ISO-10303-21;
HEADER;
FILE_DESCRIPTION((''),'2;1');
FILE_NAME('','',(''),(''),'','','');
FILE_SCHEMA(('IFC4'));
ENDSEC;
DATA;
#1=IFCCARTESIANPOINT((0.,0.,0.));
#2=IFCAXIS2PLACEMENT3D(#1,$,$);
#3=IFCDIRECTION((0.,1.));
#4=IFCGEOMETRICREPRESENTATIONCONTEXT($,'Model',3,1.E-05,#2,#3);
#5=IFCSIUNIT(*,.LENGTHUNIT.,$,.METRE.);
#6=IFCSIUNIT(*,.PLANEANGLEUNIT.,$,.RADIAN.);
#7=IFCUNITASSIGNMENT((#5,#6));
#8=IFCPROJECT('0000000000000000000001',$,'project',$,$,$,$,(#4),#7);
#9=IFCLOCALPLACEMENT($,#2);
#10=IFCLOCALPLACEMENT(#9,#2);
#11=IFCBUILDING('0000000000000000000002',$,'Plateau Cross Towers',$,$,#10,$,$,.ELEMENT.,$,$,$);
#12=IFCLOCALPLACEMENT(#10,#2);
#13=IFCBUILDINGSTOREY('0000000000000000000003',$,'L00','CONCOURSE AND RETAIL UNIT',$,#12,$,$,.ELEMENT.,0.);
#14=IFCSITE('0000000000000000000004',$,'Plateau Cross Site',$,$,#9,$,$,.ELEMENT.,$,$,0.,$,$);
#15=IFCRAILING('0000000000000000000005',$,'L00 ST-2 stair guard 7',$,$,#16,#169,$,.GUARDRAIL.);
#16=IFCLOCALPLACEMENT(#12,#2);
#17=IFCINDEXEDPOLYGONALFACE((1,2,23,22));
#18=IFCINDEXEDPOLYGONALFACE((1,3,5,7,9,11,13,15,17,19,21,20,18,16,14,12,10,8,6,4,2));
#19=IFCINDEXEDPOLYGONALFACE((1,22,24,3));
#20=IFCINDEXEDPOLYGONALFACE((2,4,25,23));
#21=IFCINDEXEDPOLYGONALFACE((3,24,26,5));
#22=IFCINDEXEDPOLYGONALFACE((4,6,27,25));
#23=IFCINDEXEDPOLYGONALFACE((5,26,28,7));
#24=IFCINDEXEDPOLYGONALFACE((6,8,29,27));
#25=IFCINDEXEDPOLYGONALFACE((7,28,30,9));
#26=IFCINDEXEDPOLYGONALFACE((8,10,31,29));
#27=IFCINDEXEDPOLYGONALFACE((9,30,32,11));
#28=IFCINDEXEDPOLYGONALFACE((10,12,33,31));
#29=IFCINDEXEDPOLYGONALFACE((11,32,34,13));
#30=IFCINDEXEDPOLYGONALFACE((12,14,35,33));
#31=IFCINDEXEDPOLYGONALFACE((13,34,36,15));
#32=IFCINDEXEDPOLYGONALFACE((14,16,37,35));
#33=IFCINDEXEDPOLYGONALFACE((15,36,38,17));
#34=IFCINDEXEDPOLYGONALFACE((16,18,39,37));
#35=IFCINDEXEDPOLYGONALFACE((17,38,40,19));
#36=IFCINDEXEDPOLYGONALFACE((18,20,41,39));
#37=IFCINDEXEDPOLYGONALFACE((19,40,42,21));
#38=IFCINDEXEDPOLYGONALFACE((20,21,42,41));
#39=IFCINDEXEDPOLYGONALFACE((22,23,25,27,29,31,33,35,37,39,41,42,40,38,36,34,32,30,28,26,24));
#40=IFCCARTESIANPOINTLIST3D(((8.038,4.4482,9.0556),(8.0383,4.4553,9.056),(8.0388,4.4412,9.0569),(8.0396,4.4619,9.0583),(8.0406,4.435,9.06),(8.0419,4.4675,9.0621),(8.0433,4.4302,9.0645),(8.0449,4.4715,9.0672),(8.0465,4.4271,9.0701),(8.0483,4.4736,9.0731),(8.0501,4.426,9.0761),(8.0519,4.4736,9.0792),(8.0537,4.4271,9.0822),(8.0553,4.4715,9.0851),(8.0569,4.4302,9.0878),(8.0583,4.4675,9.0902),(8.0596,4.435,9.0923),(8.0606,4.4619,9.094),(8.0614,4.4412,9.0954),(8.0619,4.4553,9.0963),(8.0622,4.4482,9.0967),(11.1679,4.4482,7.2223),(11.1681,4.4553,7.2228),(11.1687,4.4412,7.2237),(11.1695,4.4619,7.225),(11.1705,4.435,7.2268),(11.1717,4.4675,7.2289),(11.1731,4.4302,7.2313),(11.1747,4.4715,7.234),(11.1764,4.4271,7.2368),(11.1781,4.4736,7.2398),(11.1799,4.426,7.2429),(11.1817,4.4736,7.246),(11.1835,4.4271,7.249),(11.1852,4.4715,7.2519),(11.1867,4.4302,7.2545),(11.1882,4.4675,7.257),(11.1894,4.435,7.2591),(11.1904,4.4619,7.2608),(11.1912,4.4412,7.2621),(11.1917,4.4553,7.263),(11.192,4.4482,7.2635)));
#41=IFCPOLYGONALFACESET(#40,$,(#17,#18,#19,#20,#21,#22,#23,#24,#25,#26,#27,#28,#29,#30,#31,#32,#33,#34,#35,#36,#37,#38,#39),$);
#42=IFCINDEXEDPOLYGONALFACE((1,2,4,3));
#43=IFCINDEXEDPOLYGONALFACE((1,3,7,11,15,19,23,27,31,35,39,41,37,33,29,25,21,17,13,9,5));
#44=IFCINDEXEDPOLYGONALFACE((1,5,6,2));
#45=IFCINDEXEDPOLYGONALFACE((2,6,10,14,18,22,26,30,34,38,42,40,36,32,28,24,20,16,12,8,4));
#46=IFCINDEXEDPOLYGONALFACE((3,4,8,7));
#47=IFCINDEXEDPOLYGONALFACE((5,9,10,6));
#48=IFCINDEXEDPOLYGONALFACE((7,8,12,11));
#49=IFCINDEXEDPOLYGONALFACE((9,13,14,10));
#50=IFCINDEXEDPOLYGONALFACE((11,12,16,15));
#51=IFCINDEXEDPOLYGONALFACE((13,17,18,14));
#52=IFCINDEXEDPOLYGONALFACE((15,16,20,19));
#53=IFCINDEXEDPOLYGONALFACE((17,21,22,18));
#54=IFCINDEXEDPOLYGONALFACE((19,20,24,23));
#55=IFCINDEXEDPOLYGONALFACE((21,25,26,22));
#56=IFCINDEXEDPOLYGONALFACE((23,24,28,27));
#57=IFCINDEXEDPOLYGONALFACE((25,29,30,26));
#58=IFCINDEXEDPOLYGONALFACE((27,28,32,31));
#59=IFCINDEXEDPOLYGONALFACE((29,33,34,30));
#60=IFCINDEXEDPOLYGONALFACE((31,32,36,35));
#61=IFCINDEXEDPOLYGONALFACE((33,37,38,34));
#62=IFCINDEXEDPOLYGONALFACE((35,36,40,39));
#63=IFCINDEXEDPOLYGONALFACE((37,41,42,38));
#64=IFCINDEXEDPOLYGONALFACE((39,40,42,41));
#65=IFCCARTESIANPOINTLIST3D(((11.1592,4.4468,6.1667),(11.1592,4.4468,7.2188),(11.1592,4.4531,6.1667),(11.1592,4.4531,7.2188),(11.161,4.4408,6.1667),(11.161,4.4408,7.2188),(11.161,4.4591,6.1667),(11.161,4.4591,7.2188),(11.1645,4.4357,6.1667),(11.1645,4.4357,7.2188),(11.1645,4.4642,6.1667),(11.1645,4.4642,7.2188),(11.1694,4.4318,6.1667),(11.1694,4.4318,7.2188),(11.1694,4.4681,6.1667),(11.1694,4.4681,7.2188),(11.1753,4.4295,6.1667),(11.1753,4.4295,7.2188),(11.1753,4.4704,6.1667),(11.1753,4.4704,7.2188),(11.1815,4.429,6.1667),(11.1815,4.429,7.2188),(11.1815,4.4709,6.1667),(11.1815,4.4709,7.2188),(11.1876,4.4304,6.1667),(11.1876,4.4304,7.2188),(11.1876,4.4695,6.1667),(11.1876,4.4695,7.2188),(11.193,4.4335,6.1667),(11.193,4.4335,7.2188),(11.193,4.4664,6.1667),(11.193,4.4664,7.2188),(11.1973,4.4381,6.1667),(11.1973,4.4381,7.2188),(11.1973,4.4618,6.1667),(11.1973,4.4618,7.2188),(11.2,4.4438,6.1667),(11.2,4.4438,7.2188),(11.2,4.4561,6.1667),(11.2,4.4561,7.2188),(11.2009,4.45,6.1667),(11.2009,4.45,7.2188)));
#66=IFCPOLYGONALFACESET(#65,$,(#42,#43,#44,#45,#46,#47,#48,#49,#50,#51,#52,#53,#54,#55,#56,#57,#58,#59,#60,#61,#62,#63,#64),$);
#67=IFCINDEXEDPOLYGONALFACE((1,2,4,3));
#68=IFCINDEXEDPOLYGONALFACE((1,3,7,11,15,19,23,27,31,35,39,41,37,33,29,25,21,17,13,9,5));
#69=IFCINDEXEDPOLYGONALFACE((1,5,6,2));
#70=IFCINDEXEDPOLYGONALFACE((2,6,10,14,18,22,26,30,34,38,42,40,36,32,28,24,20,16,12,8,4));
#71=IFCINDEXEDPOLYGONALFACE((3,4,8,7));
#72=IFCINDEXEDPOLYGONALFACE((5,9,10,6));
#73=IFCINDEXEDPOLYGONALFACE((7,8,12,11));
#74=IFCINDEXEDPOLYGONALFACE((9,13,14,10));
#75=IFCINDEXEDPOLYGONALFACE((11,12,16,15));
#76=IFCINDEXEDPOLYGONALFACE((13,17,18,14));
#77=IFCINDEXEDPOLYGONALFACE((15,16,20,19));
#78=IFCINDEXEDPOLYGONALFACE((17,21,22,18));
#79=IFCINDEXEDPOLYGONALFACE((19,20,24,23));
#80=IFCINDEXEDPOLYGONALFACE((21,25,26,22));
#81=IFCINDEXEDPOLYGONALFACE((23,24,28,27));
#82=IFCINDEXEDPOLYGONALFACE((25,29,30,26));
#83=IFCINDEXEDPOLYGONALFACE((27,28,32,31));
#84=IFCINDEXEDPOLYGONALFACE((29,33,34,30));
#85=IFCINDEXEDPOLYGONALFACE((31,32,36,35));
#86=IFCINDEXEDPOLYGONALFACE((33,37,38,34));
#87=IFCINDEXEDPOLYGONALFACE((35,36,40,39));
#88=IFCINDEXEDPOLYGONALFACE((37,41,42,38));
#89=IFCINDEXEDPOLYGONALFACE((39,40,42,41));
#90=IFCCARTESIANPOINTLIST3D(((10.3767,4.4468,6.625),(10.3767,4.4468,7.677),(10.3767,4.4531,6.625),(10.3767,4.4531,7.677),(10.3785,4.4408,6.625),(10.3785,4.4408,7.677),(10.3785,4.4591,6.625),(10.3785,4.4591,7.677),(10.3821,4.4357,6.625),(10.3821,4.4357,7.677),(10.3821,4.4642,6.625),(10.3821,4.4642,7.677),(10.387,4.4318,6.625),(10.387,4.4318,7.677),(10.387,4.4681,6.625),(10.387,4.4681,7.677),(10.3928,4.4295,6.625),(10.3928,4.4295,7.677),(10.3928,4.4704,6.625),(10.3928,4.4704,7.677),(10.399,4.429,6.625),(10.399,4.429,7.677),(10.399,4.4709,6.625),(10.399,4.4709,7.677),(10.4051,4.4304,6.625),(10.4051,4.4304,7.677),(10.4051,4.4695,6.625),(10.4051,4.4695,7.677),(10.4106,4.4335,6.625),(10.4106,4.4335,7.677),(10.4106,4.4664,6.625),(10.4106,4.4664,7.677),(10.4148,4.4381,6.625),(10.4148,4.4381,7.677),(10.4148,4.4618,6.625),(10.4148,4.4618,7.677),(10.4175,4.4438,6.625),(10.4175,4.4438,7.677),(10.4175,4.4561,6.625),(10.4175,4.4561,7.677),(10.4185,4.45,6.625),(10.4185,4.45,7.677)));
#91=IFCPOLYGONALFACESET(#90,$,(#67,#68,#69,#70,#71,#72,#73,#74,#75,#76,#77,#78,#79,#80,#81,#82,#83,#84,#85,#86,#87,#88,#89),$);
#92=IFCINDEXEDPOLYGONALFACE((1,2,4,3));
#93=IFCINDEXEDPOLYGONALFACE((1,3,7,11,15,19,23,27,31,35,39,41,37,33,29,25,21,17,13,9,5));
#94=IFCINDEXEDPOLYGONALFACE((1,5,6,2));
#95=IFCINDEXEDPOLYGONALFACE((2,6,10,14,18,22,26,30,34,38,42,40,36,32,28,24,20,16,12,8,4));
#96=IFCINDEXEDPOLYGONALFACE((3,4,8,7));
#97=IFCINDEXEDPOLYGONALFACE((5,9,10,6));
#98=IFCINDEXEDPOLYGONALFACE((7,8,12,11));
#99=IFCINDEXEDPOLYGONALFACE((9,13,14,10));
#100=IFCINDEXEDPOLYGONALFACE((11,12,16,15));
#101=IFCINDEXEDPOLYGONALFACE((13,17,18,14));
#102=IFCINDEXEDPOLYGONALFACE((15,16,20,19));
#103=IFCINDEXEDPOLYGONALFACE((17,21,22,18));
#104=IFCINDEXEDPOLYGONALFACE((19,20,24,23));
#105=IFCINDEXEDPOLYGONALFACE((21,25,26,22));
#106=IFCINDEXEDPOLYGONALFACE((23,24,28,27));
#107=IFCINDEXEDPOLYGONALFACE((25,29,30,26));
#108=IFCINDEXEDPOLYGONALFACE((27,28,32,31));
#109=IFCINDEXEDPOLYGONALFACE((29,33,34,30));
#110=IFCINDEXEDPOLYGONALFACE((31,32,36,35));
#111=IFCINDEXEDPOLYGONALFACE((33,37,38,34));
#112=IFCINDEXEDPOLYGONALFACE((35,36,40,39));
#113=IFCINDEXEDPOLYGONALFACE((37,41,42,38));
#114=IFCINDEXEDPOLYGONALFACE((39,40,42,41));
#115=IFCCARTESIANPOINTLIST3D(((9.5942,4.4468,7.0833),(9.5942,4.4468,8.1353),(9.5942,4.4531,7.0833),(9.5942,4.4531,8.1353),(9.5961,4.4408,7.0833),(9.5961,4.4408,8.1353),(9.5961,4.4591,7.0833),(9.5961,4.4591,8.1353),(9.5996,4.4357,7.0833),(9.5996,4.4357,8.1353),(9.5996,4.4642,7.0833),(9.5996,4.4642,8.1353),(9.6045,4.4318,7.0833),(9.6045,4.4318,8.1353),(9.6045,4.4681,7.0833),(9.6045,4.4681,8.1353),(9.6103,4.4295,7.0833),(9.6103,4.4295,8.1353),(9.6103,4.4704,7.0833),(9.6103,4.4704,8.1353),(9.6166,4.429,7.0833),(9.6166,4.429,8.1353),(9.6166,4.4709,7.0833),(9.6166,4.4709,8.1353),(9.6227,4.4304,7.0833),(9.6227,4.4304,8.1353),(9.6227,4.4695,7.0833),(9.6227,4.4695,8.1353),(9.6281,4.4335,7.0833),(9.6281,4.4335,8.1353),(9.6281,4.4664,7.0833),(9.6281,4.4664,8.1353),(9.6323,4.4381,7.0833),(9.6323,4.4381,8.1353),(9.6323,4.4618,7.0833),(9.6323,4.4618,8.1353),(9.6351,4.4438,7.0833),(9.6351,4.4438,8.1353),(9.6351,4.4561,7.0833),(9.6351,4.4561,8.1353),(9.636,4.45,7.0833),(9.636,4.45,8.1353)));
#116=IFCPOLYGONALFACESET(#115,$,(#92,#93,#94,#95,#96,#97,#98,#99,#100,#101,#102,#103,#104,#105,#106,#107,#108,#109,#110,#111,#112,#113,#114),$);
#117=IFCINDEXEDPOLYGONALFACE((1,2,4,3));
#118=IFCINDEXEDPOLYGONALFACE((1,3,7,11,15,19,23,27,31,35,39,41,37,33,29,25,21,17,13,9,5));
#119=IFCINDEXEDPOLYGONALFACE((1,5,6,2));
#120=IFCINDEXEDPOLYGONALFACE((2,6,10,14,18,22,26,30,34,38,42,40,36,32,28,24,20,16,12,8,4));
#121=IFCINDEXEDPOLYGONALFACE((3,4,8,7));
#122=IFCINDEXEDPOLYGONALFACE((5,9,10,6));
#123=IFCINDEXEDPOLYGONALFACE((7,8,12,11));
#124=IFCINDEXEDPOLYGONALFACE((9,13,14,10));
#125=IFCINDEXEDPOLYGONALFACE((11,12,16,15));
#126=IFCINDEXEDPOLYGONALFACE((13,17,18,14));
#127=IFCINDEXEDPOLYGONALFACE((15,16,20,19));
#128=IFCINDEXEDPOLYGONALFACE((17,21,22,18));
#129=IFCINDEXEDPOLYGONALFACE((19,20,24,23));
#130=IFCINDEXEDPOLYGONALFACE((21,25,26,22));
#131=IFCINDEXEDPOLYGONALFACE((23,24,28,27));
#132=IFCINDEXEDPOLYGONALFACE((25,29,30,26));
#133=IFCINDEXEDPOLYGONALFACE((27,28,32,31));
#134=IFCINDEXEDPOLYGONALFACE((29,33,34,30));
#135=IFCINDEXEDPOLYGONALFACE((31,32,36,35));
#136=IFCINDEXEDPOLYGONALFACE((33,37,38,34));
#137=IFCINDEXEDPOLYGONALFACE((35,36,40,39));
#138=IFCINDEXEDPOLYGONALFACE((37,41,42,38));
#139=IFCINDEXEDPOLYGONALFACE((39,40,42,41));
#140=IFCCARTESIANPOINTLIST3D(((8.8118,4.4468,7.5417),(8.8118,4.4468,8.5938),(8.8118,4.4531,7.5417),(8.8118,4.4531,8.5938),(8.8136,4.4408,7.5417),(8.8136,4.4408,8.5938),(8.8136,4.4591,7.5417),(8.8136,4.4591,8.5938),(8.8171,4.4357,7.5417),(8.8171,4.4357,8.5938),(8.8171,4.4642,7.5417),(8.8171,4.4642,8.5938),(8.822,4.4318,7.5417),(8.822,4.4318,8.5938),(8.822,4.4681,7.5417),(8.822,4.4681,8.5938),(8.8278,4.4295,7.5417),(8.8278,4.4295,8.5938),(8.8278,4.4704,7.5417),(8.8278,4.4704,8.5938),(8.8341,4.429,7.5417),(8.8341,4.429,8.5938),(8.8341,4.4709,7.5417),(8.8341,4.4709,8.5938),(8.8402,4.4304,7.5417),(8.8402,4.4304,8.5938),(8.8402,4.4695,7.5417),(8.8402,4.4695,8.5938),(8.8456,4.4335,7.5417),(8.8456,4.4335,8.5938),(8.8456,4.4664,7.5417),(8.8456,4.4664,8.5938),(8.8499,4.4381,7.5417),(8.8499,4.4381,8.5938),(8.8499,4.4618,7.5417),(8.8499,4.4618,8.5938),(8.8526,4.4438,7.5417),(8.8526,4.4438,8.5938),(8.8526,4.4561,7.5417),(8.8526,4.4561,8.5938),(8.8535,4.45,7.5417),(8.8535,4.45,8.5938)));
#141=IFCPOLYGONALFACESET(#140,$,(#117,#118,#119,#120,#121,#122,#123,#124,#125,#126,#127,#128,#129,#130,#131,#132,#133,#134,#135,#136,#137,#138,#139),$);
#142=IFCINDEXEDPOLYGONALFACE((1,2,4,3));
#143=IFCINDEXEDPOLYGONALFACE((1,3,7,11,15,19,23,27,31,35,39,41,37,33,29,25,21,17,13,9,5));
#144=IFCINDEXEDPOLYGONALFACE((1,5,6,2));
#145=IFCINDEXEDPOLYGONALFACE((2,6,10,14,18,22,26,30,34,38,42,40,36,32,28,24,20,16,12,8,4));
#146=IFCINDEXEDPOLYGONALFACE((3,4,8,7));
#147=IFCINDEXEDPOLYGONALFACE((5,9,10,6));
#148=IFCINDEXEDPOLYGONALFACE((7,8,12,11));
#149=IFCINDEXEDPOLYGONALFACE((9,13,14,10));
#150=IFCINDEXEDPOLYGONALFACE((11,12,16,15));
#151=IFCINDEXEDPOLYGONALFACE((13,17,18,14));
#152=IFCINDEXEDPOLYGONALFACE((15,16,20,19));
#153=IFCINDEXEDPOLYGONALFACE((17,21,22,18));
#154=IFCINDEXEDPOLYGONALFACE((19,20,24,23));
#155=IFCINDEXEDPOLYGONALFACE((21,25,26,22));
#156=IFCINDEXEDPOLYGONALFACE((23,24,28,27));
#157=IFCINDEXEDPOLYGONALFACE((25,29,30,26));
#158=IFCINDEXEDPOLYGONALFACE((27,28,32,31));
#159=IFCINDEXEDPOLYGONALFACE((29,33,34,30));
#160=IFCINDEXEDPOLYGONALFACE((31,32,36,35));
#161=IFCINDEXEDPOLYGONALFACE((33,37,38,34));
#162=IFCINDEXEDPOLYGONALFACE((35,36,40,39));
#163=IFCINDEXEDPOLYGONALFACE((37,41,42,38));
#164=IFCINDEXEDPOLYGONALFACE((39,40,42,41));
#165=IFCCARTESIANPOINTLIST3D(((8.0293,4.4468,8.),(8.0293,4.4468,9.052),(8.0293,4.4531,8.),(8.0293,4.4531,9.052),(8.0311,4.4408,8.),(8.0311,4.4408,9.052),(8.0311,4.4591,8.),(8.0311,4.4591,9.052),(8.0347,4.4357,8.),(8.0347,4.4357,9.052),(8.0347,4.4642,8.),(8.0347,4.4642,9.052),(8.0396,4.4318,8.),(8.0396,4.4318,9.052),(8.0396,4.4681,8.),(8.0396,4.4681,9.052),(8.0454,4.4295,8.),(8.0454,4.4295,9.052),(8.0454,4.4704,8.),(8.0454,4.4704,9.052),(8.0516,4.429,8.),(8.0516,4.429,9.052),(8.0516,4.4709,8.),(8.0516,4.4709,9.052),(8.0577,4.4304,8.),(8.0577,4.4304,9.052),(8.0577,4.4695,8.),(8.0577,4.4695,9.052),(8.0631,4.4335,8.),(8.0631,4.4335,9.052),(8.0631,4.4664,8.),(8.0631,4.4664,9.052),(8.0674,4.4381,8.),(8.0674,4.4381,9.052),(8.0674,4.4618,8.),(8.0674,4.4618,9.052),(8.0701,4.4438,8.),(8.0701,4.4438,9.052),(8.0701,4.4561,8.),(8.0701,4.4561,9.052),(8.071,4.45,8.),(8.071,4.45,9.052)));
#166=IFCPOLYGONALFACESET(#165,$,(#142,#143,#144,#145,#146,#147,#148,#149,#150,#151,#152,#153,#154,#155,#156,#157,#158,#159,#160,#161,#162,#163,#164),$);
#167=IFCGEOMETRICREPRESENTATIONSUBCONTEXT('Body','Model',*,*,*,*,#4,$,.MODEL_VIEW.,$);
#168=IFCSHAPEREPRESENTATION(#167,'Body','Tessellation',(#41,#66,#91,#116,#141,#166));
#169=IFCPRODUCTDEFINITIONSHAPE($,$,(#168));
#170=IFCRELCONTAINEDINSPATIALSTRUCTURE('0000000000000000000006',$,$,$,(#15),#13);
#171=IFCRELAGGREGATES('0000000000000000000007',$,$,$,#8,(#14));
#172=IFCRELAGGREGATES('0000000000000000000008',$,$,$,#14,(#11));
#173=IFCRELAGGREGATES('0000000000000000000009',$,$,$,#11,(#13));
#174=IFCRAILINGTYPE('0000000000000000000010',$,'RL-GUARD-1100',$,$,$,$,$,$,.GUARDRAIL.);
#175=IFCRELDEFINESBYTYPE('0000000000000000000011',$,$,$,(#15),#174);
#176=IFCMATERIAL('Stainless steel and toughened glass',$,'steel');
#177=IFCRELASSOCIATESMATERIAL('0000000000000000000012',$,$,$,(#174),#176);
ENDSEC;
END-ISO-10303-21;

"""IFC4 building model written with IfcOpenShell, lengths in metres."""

from ifc_helpers import new_model, si_unit, direction, frame, origin, origin_2d, place, context, subcontext, project, spatial, circle, extrude, material, type_object, element, save


model = new_model("IFC4")

# Units and contexts
model_context = context("Model", 3, precision=1e-05, world=origin(), true_north=direction((0.0, 1.0)))
body_context = subcontext(model_context, "Body", "Model", "MODEL_VIEW")
ifc_project = project(units=[si_unit("LENGTHUNIT", "METRE"), si_unit("PLANEANGLEUNIT", "RADIAN")], contexts=[model_context])

# Site, building, storey
site_placement = place(None, origin())
site = spatial("IfcSite", under=ifc_project, at=site_placement, Name="Plateau Cross Site", CompositionType="ELEMENT", RefElevation=0.0)
building_placement = place(site_placement, origin())
building = spatial("IfcBuilding", under=site, at=building_placement, Name="Plateau Cross Towers", CompositionType="ELEMENT")
storey_placement = place(building_placement, origin())
storey = spatial("IfcBuildingStorey", under=building, at=storey_placement, Name="L00", Description="CONCOURSE AND RETAIL UNIT", CompositionType="ELEMENT", Elevation=0.0)

# Railing
ifc_material_1 = material(Name="Stainless steel and toughened glass", Category="steel")
railing_type_1 = type_object("IfcRailingType", Name="RL-GUARD-1100", PredefinedType="GUARDRAIL", material=ifc_material_1)
railing_1_placement = place(storey_placement, frame((11.1799, 4.45, 6.1667)))
element("IfcRailing", 1, at=railing_1_placement, inside=storey, type_object=railing_type_1, Name="L00 ST-2 stair guard 7", PredefinedType="GUARDRAIL", context=body_context, shape_type="SweptSolid", body=[
    extrude(circle(Radius=0.0239, at=origin_2d()), frame((0.0, 0.0, 1.0762), z_axis=(-0.862879, 0.0, 0.50541), x_axis=(0.0, -1.0, 0.0)), (0.0, 0.0, 1.0), 3.6272),
    extrude(circle(Radius=0.021, at=origin_2d()), origin(), (0.0, 0.0, 1.0), 1.052),
    extrude(circle(Radius=0.021, at=origin_2d()), frame((-0.7825, 0.0, 0.4583)), (0.0, 0.0, 1.0), 1.052),
    extrude(circle(Radius=0.021, at=origin_2d()), frame((-1.5649, 0.0, 0.9165)), (0.0, 0.0, 1.0), 1.052),
    extrude(circle(Radius=0.021, at=origin_2d()), frame((-2.3474, 0.0, 1.375)), (0.0, 0.0, 1.0), 1.052),
    extrude(circle(Radius=0.021, at=origin_2d()), frame((-3.1299, 0.0, 1.8333)), (0.0, 0.0, 1.0), 1.052),
])

save(model, "model.ifc")
